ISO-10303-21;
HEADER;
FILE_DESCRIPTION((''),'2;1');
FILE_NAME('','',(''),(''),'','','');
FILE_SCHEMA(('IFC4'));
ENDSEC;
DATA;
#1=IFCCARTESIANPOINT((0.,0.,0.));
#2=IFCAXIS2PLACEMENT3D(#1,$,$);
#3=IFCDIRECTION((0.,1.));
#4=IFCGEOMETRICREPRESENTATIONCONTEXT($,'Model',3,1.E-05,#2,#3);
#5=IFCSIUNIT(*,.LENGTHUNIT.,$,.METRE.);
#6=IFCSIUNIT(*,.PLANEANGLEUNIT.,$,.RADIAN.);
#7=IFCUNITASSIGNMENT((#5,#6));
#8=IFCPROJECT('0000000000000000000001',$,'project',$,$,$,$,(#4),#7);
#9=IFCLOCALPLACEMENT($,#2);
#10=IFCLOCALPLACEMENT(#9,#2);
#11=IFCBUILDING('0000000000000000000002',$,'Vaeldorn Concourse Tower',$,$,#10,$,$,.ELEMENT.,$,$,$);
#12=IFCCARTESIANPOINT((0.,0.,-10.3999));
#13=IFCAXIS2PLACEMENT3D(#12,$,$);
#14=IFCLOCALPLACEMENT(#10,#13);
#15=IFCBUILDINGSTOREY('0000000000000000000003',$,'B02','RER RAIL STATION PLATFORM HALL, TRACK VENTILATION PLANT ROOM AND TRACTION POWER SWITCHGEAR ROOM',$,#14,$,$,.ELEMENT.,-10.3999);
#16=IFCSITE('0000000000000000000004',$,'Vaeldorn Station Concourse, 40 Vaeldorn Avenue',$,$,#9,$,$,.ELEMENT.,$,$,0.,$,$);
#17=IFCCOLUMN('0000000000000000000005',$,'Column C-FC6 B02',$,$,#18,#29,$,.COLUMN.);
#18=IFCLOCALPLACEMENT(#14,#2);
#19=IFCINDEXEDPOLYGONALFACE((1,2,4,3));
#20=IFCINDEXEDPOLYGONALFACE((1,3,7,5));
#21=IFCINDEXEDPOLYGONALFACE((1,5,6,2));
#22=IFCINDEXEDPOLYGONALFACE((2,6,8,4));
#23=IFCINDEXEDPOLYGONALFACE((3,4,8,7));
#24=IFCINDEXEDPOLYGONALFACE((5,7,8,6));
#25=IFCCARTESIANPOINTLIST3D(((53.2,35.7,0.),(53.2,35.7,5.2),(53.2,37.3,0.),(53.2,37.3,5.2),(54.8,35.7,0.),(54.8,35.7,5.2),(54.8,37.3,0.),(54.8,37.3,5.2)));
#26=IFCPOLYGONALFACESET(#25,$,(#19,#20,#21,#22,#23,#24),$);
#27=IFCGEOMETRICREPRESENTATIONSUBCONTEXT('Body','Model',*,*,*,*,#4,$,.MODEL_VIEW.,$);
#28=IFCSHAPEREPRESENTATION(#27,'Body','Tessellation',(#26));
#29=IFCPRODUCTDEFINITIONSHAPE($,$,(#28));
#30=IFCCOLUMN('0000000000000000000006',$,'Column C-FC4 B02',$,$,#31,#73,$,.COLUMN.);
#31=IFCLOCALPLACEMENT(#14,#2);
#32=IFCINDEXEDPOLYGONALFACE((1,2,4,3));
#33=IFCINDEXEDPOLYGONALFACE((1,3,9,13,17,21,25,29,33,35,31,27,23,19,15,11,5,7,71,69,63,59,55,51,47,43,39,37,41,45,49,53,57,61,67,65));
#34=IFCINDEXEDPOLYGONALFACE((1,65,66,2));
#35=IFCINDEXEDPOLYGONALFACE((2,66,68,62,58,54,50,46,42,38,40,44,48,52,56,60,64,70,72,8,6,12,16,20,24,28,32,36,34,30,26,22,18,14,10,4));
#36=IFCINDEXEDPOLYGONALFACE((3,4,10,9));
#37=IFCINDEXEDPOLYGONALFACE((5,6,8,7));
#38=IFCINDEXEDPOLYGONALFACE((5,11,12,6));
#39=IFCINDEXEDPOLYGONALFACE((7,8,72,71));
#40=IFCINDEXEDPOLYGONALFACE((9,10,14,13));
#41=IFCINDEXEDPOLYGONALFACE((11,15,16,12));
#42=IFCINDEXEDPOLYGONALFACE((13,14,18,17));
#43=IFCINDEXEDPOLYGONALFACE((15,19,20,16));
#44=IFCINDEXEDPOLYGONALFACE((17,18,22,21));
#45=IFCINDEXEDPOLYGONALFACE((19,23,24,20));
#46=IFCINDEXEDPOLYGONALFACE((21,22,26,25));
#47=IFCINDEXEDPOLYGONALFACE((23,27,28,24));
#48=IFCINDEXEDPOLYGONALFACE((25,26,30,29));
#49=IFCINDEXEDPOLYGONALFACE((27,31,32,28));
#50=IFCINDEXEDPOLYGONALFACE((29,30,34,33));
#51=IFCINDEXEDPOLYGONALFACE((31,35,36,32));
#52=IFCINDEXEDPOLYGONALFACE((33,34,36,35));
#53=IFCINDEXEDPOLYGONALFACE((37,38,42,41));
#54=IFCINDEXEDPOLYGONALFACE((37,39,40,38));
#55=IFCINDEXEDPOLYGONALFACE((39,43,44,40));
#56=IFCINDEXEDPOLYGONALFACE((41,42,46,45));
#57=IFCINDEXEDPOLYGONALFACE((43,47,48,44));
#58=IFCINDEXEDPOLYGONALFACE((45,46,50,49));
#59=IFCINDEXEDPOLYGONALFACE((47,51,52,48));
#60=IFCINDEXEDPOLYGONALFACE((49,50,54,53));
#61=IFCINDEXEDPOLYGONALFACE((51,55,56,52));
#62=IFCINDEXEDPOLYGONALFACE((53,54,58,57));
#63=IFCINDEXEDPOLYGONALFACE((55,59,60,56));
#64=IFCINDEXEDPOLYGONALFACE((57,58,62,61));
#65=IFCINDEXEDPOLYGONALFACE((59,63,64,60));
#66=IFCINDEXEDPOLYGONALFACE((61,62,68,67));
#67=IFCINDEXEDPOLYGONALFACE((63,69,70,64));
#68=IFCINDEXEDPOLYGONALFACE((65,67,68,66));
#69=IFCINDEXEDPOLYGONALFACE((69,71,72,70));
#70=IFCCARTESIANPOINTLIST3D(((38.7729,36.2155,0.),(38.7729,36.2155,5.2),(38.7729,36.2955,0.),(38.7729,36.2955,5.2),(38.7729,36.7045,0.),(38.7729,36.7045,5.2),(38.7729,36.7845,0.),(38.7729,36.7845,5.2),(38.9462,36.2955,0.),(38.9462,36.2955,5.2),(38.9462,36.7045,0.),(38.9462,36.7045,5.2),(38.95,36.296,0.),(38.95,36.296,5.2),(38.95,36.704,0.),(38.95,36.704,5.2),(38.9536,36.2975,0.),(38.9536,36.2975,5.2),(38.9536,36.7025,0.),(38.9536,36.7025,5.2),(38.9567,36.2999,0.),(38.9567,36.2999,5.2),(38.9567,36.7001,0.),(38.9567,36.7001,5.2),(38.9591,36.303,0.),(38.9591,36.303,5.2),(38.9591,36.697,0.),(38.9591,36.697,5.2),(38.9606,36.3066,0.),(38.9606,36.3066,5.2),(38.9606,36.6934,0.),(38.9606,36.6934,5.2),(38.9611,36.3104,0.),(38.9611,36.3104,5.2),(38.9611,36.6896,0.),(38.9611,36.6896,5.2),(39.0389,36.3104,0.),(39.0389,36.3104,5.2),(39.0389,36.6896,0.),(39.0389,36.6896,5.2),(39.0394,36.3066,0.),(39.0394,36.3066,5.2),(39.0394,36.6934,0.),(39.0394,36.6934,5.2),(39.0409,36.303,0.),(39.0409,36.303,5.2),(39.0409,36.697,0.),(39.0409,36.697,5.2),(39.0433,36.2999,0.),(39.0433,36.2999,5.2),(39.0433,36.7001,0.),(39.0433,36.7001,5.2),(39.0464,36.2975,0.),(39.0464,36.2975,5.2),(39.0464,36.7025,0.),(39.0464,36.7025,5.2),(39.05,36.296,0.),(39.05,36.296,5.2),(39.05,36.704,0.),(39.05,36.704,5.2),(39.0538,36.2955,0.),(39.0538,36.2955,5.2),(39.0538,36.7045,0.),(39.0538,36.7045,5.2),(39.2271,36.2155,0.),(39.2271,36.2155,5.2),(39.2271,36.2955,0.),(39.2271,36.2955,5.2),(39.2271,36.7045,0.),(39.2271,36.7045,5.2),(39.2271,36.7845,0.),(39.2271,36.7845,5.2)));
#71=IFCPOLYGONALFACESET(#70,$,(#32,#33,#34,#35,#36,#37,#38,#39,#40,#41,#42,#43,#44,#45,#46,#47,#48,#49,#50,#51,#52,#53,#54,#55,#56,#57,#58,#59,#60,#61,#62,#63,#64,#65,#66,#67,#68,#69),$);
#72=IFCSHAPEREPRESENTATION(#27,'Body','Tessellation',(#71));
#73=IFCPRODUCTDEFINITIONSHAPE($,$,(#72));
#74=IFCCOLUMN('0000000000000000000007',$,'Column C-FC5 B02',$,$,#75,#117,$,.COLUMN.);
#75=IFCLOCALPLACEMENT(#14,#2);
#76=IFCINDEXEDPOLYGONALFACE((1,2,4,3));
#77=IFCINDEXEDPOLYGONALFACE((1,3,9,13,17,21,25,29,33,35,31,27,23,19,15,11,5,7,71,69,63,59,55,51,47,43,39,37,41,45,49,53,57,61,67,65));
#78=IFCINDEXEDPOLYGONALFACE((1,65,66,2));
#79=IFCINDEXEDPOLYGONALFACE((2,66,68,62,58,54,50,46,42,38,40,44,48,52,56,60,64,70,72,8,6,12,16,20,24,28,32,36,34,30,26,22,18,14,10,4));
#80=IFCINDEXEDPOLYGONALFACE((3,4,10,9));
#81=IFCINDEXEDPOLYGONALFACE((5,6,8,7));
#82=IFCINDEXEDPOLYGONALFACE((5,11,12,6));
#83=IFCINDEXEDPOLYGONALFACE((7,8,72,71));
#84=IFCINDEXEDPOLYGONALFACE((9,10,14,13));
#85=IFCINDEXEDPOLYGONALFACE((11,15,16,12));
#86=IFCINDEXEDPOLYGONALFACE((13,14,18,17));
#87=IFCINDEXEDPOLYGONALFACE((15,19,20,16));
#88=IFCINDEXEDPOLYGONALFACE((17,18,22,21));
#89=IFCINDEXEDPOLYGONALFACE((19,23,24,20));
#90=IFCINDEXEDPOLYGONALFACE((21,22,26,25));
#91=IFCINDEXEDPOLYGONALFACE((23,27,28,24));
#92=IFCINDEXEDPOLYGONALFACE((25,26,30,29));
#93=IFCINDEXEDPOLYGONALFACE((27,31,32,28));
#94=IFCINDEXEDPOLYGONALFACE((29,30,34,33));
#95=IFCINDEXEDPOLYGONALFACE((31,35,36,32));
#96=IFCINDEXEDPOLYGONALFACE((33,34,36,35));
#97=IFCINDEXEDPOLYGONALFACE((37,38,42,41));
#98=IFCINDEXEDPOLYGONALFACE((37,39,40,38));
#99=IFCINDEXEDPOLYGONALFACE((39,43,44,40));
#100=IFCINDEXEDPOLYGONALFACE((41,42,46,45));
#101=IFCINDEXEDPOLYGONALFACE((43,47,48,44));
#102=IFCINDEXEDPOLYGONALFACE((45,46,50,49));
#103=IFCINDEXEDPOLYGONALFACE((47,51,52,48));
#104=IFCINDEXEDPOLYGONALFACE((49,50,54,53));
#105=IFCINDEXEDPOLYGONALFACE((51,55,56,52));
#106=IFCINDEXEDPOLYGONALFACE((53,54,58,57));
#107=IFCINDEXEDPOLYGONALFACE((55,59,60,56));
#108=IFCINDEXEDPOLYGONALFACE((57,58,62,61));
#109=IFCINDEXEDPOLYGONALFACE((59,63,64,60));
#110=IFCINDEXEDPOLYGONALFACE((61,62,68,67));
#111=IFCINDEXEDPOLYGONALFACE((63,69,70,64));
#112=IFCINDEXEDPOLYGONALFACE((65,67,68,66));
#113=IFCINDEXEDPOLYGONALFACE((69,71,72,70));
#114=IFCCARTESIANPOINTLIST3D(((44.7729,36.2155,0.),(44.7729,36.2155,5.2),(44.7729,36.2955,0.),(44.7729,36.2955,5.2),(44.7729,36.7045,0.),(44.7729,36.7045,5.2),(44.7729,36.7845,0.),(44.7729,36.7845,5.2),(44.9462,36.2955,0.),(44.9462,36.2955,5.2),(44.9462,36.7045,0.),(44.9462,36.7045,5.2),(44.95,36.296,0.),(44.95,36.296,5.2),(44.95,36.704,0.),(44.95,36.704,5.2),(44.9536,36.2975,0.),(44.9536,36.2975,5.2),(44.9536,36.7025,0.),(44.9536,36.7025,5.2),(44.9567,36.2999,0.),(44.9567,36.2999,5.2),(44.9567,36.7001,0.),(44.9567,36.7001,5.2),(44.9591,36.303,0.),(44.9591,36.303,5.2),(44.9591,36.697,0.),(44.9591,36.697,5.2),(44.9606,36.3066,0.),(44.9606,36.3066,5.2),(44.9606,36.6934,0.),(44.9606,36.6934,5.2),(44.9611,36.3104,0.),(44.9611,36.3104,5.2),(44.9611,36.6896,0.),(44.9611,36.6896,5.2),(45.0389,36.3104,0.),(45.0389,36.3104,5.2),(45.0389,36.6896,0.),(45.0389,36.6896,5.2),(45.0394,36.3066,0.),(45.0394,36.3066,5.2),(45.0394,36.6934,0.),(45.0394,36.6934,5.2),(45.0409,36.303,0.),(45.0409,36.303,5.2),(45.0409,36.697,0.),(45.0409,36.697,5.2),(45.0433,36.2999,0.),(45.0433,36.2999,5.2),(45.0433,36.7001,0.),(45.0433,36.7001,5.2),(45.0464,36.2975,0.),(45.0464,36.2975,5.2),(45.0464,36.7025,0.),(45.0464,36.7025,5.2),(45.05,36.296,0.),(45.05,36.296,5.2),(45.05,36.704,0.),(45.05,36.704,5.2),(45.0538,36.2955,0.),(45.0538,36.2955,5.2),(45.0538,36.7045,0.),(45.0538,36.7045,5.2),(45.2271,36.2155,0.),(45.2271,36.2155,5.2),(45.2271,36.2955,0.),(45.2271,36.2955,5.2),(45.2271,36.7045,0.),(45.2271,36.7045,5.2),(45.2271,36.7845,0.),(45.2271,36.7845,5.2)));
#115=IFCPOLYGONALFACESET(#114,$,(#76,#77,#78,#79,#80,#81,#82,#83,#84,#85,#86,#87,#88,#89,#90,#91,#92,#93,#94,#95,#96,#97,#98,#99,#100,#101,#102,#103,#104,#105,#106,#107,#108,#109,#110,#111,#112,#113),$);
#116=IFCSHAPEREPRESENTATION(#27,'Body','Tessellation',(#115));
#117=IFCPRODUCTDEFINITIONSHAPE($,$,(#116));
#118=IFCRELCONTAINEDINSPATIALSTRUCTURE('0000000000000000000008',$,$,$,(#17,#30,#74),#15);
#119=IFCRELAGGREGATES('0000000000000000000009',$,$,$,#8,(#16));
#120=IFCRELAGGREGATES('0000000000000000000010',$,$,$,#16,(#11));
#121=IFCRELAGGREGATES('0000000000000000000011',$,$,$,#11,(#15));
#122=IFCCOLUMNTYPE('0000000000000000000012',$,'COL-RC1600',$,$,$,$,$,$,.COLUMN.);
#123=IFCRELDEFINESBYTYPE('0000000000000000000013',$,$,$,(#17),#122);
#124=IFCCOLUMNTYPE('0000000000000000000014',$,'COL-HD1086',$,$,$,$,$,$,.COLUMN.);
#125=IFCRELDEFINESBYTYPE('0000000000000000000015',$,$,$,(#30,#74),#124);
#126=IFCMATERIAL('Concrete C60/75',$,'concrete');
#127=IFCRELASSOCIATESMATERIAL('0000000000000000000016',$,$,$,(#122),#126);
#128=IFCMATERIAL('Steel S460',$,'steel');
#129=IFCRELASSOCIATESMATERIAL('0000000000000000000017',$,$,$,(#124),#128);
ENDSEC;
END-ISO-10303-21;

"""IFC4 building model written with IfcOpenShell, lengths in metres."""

from ifc_helpers import new_model, si_unit, direction, frame, origin, origin_2d, place, context, subcontext, project, spatial, rectangle, i_section, extrude, source, transform, mapped, material, material_profile, profile_set, type_object, element, save


model = new_model("IFC4")

# Units and contexts
model_context = context("Model", 3, precision=1e-05, world=origin(), true_north=direction((0.0, 1.0)))
body_context = subcontext(model_context, "Body", "Model", "MODEL_VIEW")
ifc_project = project(units=[si_unit("LENGTHUNIT", "METRE"), si_unit("PLANEANGLEUNIT", "RADIAN")], contexts=[model_context])

# Site, building, storey
site_placement = place(None, origin())
site = spatial("IfcSite", under=ifc_project, at=site_placement, Name="Vaeldorn Station Concourse, 40 Vaeldorn Avenue", CompositionType="ELEMENT", RefElevation=0.0)
building_placement = place(site_placement, origin())
building = spatial("IfcBuilding", under=site, at=building_placement, Name="Vaeldorn Concourse Tower", CompositionType="ELEMENT")
storey_placement = place(building_placement, frame((0.0, 0.0, -10.3999)))
storey = spatial("IfcBuildingStorey", under=building, at=storey_placement, Name="B02", Description="RER RAIL STATION PLATFORM HALL, TRACK VENTILATION PLANT ROOM AND TRACTION POWER SWITCHGEAR ROOM", CompositionType="ELEMENT", Elevation=-10.3999)

# Columns
ifc_material_1 = material(Name="Concrete C60/75", Category="concrete")
ifc_material_profile_1 = material_profile(ifc_material_1, rectangle(XDim=1.6001, YDim=1.6001, at=origin_2d()), Name="RC 1600x1600")
ifc_profile_set_1 = profile_set([ifc_material_profile_1], Name="Concrete C60/75")
column_type_1 = type_object("IfcColumnType", Name="COL-RC1600", PredefinedType="COLUMN", material=ifc_profile_set_1)
shared_shape_1 = source(origin(), body_context, "Body", "SweptSolid", [
    extrude(rectangle(XDim=1.6001, YDim=1.6001, at=origin_2d()), origin(), (0.0, 0.0, 1.0), 5.2),
])
column_1_placement = place(storey_placement, frame((54.0, 36.5, 0.0), z_axis=(0.0, 0.0, 1.0), x_axis=(1.0, 0.0, 0.0)))
element("IfcColumn", 1, at=column_1_placement, inside=storey, type_object=column_type_1, Name="Column C-FC6 B02", PredefinedType="COLUMN", context=body_context, shape_type="MappedRepresentation", body=[
    mapped(shared_shape_1, transform((0.0, 0.0, 0.0), scale=1.0)),
])
ifc_material_2 = material(Name="Steel S460", Category="steel")
ifc_material_profile_2 = material_profile(ifc_material_2, i_section(OverallWidth=0.4541, OverallDepth=0.5691, WebThickness=0.0779, FlangeThickness=0.0801, FilletRadius=0.0149, at=origin_2d()), Name="HD 400x1086")
ifc_profile_set_2 = profile_set([ifc_material_profile_2], Name="Steel S460")
column_type_2 = type_object("IfcColumnType", Name="COL-HD1086", PredefinedType="COLUMN", material=ifc_profile_set_2)
shared_shape_2 = source(origin(), body_context, "Body", "SweptSolid", [
    extrude(i_section(OverallWidth=0.4541, OverallDepth=0.5691, WebThickness=0.0779, FlangeThickness=0.0801, FilletRadius=0.0149, at=origin_2d()), origin(), (0.0, 0.0, 1.0), 5.2),
])
for number, where, z_axis, x_axis, name in (
    (2, (39.0, 36.5, 0.0), (0.0, 0.0, 1.0), (1.0, 0.0, 0.0), "Column C-FC4 B02"),
    (3, (45.0, 36.5, 0.0), (0.0, 0.0, 1.0), (1.0, 0.0, 0.0), "Column C-FC5 B02"),
):
    element("IfcColumn", number, at=place(storey_placement, frame(where, z_axis=z_axis, x_axis=x_axis)), inside=storey, type_object=column_type_2, Name=name, PredefinedType="COLUMN", context=body_context, shape_type="MappedRepresentation", body=[
        mapped(shared_shape_2, transform((0.0, 0.0, 0.0), scale=1.0)),
    ])

save(model, "model.ifc")
